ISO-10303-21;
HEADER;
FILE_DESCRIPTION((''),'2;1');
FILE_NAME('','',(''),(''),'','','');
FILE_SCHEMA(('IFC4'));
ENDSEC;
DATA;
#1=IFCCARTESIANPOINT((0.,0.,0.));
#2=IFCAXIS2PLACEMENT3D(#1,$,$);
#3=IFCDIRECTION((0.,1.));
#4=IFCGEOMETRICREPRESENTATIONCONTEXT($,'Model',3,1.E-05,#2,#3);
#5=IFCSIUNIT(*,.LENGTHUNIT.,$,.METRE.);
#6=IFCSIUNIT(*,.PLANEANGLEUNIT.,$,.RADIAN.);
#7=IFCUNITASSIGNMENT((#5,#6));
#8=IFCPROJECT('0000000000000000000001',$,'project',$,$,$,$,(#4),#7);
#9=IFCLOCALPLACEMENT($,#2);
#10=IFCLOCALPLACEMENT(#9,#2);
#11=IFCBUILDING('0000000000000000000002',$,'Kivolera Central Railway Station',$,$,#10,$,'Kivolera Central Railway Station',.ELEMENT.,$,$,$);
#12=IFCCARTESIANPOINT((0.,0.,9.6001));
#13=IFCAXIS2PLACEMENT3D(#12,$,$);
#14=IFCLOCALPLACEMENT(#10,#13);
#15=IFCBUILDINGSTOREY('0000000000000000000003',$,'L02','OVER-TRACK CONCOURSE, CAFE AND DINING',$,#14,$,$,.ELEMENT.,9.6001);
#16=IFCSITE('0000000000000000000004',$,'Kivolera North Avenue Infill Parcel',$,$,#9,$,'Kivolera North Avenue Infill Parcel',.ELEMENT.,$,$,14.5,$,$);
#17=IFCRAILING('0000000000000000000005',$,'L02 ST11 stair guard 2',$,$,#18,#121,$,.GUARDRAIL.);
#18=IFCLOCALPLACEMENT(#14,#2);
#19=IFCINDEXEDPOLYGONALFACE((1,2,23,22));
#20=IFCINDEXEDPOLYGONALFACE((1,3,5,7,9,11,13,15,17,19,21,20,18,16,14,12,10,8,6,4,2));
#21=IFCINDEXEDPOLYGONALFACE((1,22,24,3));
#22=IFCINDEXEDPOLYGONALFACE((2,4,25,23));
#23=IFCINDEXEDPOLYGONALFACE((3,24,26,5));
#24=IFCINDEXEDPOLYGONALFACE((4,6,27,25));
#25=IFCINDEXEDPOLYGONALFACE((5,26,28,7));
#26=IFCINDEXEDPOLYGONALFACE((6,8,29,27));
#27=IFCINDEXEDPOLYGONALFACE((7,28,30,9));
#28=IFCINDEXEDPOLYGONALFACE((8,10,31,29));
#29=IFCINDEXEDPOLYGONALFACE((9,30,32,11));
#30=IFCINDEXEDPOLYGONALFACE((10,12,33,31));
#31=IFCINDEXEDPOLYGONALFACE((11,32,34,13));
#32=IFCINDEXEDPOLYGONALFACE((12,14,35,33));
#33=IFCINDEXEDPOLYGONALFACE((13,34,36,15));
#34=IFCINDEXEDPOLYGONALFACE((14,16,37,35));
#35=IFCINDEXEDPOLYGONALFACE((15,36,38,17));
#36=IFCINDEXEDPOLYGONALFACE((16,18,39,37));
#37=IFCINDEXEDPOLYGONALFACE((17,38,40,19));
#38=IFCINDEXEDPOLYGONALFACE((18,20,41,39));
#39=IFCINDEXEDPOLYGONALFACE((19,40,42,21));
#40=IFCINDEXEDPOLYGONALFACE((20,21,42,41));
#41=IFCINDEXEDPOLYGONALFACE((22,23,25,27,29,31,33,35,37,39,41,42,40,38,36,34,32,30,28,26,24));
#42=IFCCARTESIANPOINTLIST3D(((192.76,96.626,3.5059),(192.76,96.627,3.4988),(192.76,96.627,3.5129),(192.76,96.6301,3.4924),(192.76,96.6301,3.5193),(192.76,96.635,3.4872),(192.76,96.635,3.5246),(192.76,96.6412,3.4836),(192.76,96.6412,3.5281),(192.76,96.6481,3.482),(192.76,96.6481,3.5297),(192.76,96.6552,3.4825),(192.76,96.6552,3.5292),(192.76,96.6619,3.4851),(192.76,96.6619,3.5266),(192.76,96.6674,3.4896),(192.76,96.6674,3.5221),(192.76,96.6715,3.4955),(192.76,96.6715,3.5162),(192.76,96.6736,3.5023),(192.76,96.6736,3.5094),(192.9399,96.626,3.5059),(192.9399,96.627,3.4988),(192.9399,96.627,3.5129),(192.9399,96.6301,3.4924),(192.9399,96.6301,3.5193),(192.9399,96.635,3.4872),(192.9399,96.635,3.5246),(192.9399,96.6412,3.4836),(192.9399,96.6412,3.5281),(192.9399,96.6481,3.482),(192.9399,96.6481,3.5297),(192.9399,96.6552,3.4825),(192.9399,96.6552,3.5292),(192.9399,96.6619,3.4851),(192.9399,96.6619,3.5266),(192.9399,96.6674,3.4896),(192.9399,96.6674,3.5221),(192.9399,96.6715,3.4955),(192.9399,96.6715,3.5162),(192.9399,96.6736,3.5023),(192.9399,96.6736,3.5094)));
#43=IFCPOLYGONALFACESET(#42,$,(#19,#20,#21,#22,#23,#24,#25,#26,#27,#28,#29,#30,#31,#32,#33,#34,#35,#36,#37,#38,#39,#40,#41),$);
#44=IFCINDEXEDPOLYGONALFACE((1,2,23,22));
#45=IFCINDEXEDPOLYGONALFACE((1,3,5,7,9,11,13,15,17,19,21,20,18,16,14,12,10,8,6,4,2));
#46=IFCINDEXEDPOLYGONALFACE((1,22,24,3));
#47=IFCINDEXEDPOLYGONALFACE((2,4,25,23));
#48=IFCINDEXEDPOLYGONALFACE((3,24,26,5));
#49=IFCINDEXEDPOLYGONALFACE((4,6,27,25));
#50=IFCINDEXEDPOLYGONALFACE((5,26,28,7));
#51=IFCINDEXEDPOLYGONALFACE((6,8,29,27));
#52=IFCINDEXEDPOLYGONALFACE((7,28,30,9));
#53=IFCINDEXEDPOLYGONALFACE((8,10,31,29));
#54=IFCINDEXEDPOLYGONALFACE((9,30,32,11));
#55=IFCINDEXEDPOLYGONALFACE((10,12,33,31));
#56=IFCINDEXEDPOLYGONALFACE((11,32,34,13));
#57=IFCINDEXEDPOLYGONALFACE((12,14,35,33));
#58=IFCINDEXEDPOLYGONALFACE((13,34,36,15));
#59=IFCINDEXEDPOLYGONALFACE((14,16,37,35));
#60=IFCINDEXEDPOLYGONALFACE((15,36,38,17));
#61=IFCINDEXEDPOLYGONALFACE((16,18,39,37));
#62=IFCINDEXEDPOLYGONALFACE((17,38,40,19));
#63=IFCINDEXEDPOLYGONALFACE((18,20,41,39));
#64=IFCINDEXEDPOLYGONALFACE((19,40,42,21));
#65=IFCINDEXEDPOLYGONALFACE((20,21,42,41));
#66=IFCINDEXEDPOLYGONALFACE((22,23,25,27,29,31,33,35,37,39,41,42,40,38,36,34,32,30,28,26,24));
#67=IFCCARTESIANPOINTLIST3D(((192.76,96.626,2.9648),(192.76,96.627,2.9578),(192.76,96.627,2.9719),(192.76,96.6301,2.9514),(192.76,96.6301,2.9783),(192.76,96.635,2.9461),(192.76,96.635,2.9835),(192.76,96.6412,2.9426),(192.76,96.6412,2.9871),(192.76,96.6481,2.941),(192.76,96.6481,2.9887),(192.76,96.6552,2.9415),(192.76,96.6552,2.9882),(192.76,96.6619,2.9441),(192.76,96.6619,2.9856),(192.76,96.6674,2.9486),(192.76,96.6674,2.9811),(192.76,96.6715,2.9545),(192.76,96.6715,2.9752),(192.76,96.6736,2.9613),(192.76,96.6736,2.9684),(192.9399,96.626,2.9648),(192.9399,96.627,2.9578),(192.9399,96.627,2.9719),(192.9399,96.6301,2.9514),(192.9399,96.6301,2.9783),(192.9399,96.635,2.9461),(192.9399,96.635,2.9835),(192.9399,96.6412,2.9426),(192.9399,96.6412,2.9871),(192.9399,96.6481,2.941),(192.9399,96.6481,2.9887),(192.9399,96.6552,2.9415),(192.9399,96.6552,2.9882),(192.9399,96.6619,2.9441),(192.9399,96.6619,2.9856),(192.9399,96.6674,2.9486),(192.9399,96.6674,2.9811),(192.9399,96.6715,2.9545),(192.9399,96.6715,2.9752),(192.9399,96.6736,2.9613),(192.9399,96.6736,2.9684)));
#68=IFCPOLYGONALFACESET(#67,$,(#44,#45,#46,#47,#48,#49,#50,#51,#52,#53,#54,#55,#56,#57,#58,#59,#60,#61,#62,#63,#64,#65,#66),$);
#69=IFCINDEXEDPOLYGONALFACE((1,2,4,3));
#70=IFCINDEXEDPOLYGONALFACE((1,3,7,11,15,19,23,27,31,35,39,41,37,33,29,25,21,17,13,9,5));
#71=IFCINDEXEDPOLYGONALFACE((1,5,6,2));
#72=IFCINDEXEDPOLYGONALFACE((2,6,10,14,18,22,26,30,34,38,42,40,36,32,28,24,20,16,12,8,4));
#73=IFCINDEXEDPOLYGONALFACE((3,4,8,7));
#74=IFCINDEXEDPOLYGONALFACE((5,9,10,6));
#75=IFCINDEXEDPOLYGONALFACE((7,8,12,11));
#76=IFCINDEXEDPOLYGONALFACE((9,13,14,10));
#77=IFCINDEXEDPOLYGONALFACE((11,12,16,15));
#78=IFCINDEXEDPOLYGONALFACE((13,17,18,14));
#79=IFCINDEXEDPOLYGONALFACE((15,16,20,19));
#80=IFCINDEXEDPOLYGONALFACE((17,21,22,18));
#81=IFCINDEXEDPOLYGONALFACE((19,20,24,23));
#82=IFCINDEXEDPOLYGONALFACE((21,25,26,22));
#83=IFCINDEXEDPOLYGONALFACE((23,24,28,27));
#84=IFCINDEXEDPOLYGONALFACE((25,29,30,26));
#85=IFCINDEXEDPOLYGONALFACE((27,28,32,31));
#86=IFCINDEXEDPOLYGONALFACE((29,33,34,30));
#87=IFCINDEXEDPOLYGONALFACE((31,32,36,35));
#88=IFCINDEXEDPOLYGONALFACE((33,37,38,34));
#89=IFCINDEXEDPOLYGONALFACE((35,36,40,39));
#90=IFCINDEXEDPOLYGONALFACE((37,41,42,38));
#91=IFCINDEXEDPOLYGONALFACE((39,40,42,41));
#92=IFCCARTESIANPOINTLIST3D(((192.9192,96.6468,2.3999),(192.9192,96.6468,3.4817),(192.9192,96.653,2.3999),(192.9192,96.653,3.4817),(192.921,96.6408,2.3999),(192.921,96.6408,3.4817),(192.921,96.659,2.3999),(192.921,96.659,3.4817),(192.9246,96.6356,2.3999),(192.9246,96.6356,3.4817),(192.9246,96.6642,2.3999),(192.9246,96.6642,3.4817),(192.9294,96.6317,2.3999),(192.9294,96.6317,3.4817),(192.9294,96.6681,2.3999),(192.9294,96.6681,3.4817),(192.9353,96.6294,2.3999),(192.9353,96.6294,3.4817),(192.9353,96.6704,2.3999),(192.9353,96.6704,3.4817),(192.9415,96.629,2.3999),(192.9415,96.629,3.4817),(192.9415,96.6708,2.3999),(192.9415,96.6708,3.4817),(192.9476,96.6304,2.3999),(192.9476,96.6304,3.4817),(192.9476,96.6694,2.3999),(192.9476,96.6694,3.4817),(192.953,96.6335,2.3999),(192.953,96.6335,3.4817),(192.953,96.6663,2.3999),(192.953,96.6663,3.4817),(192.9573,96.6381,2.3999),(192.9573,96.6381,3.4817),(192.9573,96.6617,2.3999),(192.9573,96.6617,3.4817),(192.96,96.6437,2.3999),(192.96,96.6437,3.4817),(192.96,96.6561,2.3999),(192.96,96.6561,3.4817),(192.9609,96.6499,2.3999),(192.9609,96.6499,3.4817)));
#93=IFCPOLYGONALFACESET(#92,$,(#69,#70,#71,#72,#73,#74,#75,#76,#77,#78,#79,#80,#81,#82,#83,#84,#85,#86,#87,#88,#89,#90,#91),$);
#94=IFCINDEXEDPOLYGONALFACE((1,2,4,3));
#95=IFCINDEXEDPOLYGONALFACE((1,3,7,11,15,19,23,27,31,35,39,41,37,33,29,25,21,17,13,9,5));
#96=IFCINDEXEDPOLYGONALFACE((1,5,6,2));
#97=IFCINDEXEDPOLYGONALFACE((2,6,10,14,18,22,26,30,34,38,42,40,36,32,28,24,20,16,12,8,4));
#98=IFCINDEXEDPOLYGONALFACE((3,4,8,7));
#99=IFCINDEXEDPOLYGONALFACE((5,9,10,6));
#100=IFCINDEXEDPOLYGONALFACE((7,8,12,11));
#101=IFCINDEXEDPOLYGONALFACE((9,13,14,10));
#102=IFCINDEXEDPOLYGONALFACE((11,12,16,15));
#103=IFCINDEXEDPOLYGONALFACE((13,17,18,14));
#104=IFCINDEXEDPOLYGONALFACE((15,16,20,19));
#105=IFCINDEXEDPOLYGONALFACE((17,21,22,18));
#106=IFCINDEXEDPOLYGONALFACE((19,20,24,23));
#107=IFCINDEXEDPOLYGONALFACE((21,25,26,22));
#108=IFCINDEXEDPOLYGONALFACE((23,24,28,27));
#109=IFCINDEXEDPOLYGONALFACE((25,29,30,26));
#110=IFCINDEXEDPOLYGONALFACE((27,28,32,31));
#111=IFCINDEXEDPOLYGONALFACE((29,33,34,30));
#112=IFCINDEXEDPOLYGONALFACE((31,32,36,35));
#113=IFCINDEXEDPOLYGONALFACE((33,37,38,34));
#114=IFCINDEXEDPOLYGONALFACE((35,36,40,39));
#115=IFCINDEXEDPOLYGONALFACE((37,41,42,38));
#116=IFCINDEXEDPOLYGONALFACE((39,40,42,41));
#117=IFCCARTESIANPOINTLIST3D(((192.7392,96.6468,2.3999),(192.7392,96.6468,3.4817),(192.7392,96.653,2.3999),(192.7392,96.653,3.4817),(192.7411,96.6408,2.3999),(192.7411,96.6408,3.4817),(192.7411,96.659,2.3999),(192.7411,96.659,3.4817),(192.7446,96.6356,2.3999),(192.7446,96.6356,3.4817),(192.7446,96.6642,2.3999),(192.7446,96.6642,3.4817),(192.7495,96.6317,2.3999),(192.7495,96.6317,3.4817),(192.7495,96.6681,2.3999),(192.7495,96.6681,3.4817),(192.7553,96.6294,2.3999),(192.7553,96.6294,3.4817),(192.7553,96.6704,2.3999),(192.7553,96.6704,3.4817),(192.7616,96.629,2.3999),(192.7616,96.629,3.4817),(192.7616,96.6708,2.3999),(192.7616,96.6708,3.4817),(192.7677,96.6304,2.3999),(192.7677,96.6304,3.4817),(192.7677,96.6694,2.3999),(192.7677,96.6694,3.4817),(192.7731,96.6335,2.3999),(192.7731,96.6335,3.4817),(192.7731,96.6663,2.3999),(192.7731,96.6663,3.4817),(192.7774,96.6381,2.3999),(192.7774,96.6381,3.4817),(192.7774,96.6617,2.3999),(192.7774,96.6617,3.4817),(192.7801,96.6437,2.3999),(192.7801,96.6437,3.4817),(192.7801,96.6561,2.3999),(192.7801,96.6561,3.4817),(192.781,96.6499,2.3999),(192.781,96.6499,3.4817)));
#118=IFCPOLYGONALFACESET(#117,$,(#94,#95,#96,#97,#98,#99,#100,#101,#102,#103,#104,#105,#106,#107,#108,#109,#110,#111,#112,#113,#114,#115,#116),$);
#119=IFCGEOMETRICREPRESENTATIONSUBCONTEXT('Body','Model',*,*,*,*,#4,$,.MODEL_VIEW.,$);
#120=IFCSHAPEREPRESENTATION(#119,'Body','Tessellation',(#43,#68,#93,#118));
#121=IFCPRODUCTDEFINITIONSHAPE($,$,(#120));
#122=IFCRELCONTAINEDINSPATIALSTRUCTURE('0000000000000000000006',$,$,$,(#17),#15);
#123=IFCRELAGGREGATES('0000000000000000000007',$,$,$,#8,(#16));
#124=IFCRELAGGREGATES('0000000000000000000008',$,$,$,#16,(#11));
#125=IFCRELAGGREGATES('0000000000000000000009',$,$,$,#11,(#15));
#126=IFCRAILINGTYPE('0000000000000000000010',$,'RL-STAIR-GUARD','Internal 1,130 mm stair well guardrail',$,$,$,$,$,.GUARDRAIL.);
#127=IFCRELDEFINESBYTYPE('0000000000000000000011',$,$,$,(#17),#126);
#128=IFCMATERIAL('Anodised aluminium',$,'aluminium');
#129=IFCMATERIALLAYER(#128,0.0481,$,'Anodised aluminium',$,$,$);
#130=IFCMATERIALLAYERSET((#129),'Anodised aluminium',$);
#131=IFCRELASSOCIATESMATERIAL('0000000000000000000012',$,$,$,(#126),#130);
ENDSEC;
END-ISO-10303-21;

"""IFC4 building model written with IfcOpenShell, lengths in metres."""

from ifc_helpers import new_model, si_unit, direction, frame, origin, origin_2d, place, context, subcontext, project, spatial, circle, extrude, material, layer, layer_set, type_object, element, save


model = new_model("IFC4")

# Units and contexts
model_context = context("Model", 3, precision=1e-05, world=origin(), true_north=direction((0.0, 1.0)))
body_context = subcontext(model_context, "Body", "Model", "MODEL_VIEW")
ifc_project = project(units=[si_unit("LENGTHUNIT", "METRE"), si_unit("PLANEANGLEUNIT", "RADIAN")], contexts=[model_context])

# Site, building, storey
site_placement = place(None, origin())
site = spatial("IfcSite", under=ifc_project, at=site_placement, Name="Kivolera North Avenue Infill Parcel", LongName="Kivolera North Avenue Infill Parcel", CompositionType="ELEMENT", RefElevation=14.5)
building_placement = place(site_placement, origin())
building = spatial("IfcBuilding", under=site, at=building_placement, Name="Kivolera Central Railway Station", LongName="Kivolera Central Railway Station", CompositionType="ELEMENT")
storey_placement = place(building_placement, frame((0.0, 0.0, 9.6001)))
storey = spatial("IfcBuildingStorey", under=building, at=storey_placement, Name="L02", Description="OVER-TRACK CONCOURSE, CAFE AND DINING", CompositionType="ELEMENT", Elevation=9.6001)

# Shared definitions
ifc_material_1 = material(Name="Anodised aluminium", Category="aluminium")

# Railing
ifc_layer_1 = layer(ifc_material_1, 0.0481, Name="Anodised aluminium")
ifc_layer_set_1 = layer_set([ifc_layer_1], Name="Anodised aluminium")
railing_type_1 = type_object("IfcRailingType", Name="RL-STAIR-GUARD", Description="Internal 1,130 mm stair well guardrail", PredefinedType="GUARDRAIL", material=ifc_layer_set_1)
railing_1_placement = place(storey_placement, frame((192.9399, 96.6499, 2.3999)))
element("IfcRailing", 1, at=railing_1_placement, inside=storey, type_object=railing_type_1, Name="L02 ST11 stair guard 2", PredefinedType="GUARDRAIL", context=body_context, shape_type="SweptSolid", body=[
    extrude(circle(Radius=0.0239, at=origin_2d()), frame((0.0, 0.0, 1.106), z_axis=(-1.0, 0.0, 0.0), x_axis=(0.0, -1.0, 0.0)), (0.0, 0.0, 1.0), 0.1799),
    extrude(circle(Radius=0.0239, at=origin_2d()), frame((0.0, 0.0, 0.5649), z_axis=(-1.0, 0.0, 0.0), x_axis=(0.0, -1.0, 0.0)), (0.0, 0.0, 1.0), 0.1799),
    extrude(circle(Radius=0.021, at=origin_2d()), origin(), (0.0, 0.0, 1.0), 1.0818),
    extrude(circle(Radius=0.021, at=origin_2d()), frame((-0.1799, 0.0, 0.0)), (0.0, 0.0, 1.0), 1.0818),
])

save(model, "model.ifc")
